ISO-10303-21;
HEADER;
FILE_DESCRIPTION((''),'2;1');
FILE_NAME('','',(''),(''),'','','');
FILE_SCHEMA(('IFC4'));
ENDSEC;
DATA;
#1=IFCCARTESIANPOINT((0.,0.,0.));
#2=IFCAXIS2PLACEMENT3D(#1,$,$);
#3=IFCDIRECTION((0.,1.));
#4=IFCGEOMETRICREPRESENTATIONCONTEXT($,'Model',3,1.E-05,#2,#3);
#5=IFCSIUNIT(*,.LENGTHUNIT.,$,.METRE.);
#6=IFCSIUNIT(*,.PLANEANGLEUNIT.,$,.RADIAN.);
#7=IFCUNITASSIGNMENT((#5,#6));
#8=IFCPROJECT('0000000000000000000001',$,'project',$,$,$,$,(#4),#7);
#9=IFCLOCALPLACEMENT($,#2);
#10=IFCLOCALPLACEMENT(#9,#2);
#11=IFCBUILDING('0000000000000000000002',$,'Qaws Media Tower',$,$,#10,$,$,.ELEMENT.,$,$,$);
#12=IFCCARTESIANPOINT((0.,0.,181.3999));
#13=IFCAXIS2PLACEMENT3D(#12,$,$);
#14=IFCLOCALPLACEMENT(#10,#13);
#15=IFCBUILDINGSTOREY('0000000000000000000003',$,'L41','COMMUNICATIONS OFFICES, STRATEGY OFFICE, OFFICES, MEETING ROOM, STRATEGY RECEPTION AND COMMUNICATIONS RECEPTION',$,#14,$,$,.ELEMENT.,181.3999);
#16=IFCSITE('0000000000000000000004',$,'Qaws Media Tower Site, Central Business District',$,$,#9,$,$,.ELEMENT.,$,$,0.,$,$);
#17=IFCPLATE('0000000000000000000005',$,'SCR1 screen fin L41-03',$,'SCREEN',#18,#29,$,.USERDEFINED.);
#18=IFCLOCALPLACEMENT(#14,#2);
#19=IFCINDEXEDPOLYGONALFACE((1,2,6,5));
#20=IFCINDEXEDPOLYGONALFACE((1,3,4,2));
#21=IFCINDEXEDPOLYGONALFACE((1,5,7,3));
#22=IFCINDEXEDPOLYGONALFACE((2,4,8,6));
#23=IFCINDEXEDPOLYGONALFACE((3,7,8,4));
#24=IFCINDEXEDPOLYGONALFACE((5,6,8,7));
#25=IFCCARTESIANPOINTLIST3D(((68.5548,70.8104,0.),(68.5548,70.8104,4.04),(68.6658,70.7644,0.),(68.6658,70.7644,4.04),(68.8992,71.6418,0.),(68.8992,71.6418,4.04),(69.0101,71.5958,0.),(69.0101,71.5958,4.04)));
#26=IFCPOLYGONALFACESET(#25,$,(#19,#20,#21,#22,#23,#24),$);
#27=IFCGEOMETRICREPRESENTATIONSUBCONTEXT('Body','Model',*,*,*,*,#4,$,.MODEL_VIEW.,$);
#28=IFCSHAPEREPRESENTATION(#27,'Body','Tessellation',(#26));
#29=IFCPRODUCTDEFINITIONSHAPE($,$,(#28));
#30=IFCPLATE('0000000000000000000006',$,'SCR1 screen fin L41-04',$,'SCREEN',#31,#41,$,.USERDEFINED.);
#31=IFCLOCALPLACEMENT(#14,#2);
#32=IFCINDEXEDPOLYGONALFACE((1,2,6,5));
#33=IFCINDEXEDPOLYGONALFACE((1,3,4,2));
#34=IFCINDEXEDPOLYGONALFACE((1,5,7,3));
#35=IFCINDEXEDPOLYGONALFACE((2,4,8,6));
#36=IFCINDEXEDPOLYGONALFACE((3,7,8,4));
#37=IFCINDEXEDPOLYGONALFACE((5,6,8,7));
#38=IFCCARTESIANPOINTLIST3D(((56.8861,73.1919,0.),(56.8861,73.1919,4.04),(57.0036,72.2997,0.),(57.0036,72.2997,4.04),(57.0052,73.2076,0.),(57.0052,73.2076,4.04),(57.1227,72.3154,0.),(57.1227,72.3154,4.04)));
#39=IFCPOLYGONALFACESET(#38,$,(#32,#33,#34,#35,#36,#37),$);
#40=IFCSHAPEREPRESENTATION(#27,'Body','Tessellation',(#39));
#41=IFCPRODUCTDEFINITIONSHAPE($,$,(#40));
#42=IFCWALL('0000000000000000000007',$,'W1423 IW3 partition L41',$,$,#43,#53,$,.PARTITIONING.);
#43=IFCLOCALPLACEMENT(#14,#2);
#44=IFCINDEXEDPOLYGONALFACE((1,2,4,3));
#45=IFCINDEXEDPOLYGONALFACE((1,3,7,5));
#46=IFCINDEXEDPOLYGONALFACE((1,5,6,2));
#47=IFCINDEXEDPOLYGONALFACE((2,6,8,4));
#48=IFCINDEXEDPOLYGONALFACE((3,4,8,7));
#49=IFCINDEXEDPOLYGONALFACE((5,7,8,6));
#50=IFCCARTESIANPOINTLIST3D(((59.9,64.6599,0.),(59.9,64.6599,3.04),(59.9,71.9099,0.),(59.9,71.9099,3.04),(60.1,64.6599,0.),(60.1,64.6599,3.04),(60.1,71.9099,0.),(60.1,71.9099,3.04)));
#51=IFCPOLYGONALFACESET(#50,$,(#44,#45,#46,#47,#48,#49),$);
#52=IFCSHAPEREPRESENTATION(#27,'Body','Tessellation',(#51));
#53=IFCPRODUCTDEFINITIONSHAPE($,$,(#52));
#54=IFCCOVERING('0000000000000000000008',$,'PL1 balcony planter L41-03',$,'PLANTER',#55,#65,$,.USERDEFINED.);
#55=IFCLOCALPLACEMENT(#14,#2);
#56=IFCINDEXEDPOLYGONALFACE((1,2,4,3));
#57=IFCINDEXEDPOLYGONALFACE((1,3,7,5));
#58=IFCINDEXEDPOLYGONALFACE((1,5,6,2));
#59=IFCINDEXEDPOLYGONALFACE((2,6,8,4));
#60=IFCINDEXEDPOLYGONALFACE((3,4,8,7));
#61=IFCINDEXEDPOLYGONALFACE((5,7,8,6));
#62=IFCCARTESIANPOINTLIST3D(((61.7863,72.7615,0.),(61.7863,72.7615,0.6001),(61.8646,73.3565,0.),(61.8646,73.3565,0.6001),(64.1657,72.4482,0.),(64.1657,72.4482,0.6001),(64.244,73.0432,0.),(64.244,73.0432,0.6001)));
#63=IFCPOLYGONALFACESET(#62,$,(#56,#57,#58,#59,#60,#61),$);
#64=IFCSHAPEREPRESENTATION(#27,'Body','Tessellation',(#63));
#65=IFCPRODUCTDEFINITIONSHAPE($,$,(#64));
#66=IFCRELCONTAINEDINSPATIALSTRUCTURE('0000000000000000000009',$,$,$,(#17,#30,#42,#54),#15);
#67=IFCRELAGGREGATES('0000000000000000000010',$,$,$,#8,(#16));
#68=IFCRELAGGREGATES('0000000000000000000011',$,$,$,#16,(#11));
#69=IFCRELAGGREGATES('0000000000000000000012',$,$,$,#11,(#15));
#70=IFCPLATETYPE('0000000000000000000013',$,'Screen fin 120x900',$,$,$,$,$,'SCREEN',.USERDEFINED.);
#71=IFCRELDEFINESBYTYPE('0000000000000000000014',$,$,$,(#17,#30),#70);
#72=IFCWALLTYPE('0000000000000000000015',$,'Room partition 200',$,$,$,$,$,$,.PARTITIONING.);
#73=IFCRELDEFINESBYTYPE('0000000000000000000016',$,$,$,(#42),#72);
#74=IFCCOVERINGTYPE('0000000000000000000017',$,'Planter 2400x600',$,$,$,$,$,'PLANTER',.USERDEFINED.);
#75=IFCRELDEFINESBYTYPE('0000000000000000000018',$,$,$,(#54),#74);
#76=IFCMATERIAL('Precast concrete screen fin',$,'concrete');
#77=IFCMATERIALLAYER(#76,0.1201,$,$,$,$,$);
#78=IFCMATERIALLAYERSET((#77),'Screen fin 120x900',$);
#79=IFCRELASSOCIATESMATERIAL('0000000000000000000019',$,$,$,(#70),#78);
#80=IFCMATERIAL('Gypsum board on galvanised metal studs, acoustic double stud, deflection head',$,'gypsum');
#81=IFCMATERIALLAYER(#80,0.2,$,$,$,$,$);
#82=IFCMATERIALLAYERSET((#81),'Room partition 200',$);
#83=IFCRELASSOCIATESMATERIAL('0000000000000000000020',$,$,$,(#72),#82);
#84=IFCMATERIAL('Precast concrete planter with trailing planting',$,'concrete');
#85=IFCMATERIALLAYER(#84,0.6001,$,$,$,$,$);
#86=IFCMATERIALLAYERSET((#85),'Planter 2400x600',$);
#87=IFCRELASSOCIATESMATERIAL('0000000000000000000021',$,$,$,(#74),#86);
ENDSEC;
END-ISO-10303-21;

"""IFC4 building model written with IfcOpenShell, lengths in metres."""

from ifc_helpers import new_model, si_unit, direction, frame, frame_2d, origin, origin_2d, place, context, subcontext, project, spatial, rectangle, extrude, material, layer, layer_set, type_object, element, save


model = new_model("IFC4")

# Units and contexts
model_context = context("Model", 3, precision=1e-05, world=origin(), true_north=direction((0.0, 1.0)))
body_context = subcontext(model_context, "Body", "Model", "MODEL_VIEW")
ifc_project = project(units=[si_unit("LENGTHUNIT", "METRE"), si_unit("PLANEANGLEUNIT", "RADIAN")], contexts=[model_context])

# Site, building, storey
site_placement = place(None, origin())
site = spatial("IfcSite", under=ifc_project, at=site_placement, Name="Qaws Media Tower Site, Central Business District", CompositionType="ELEMENT", RefElevation=0.0)
building_placement = place(site_placement, origin())
building = spatial("IfcBuilding", under=site, at=building_placement, Name="Qaws Media Tower", CompositionType="ELEMENT")
storey_placement = place(building_placement, frame((0.0, 0.0, 181.3999)))
storey = spatial("IfcBuildingStorey", under=building, at=storey_placement, Name="L41", Description="COMMUNICATIONS OFFICES, STRATEGY OFFICE, OFFICES, MEETING ROOM, STRATEGY RECEPTION AND COMMUNICATIONS RECEPTION", CompositionType="ELEMENT", Elevation=181.3999)

# Plates
ifc_material_1 = material(Name="Precast concrete screen fin", Category="concrete")
ifc_layer_1 = layer(ifc_material_1, 0.1201)
ifc_layer_set_1 = layer_set([ifc_layer_1], Name="Screen fin 120x900")
plate_type_1 = type_object("IfcPlateType", Name="Screen fin 120x900", ElementType="SCREEN", PredefinedType="USERDEFINED", material=ifc_layer_set_1)
for number, where, z_axis, x_axis, name in (
    (1, (68.7825, 71.2031, 0.0), (0.0, 0.0, 1.0), (0.382683, 0.92388, 0.0), "SCR1 screen fin L41-03"),
    (2, (57.0044, 72.7537, 0.0), (0.0, 0.0, 1.0), (-0.130526, 0.991445, 0.0), "SCR1 screen fin L41-04"),
):
    element("IfcPlate", number, at=place(storey_placement, frame(where, z_axis=z_axis, x_axis=x_axis)), inside=storey, type_object=plate_type_1, Name=name, ObjectType="SCREEN", PredefinedType="USERDEFINED", context=body_context, shape_type="SweptSolid", body=[
        extrude(rectangle(XDim=0.8999, YDim=0.1201, at=origin_2d()), origin(), (0.0, 0.0, 1.0), 4.04),
    ])

# Wall
ifc_material_2 = material(Name="Gypsum board on galvanised metal studs, acoustic double stud, deflection head", Category="gypsum")
ifc_layer_2 = layer(ifc_material_2, 0.2)
ifc_layer_set_2 = layer_set([ifc_layer_2], Name="Room partition 200")
wall_type_1 = type_object("IfcWallType", Name="Room partition 200", PredefinedType="PARTITIONING", material=ifc_layer_set_2)
wall_1_placement = place(storey_placement, frame((60.0, 64.6599, 0.0), z_axis=(0.0, 0.0, 1.0), x_axis=(0.0, 1.0, 0.0)))
element("IfcWall", 3, at=wall_1_placement, inside=storey, type_object=wall_type_1, Name="W1423 IW3 partition L41", PredefinedType="PARTITIONING", context=body_context, shape_type="SweptSolid", body=[
    extrude(rectangle(XDim=7.25, YDim=0.2, at=frame_2d((3.625, 0.0))), origin(), (0.0, 0.0, 1.0), 3.04),
])

# Covering
ifc_material_3 = material(Name="Precast concrete planter with trailing planting", Category="concrete")
ifc_layer_3 = layer(ifc_material_3, 0.6001)
ifc_layer_set_3 = layer_set([ifc_layer_3], Name="Planter 2400x600")
covering_type = type_object("IfcCoveringType", Name="Planter 2400x600", ElementType="PLANTER", PredefinedType="USERDEFINED", material=ifc_layer_set_3)
covering_placement = place(storey_placement, frame((63.0151, 72.9023, 0.0), z_axis=(0.0, 0.0, 1.0), x_axis=(-0.991445, 0.130526, 0.0)))
element("IfcCovering", 4, at=covering_placement, inside=storey, type_object=covering_type, Name="PL1 balcony planter L41-03", ObjectType="PLANTER", PredefinedType="USERDEFINED", context=body_context, shape_type="SweptSolid", body=[
    extrude(rectangle(XDim=2.3999, YDim=0.6001, at=origin_2d()), origin(), (0.0, 0.0, 1.0), 0.6001),
])

save(model, "model.ifc")
